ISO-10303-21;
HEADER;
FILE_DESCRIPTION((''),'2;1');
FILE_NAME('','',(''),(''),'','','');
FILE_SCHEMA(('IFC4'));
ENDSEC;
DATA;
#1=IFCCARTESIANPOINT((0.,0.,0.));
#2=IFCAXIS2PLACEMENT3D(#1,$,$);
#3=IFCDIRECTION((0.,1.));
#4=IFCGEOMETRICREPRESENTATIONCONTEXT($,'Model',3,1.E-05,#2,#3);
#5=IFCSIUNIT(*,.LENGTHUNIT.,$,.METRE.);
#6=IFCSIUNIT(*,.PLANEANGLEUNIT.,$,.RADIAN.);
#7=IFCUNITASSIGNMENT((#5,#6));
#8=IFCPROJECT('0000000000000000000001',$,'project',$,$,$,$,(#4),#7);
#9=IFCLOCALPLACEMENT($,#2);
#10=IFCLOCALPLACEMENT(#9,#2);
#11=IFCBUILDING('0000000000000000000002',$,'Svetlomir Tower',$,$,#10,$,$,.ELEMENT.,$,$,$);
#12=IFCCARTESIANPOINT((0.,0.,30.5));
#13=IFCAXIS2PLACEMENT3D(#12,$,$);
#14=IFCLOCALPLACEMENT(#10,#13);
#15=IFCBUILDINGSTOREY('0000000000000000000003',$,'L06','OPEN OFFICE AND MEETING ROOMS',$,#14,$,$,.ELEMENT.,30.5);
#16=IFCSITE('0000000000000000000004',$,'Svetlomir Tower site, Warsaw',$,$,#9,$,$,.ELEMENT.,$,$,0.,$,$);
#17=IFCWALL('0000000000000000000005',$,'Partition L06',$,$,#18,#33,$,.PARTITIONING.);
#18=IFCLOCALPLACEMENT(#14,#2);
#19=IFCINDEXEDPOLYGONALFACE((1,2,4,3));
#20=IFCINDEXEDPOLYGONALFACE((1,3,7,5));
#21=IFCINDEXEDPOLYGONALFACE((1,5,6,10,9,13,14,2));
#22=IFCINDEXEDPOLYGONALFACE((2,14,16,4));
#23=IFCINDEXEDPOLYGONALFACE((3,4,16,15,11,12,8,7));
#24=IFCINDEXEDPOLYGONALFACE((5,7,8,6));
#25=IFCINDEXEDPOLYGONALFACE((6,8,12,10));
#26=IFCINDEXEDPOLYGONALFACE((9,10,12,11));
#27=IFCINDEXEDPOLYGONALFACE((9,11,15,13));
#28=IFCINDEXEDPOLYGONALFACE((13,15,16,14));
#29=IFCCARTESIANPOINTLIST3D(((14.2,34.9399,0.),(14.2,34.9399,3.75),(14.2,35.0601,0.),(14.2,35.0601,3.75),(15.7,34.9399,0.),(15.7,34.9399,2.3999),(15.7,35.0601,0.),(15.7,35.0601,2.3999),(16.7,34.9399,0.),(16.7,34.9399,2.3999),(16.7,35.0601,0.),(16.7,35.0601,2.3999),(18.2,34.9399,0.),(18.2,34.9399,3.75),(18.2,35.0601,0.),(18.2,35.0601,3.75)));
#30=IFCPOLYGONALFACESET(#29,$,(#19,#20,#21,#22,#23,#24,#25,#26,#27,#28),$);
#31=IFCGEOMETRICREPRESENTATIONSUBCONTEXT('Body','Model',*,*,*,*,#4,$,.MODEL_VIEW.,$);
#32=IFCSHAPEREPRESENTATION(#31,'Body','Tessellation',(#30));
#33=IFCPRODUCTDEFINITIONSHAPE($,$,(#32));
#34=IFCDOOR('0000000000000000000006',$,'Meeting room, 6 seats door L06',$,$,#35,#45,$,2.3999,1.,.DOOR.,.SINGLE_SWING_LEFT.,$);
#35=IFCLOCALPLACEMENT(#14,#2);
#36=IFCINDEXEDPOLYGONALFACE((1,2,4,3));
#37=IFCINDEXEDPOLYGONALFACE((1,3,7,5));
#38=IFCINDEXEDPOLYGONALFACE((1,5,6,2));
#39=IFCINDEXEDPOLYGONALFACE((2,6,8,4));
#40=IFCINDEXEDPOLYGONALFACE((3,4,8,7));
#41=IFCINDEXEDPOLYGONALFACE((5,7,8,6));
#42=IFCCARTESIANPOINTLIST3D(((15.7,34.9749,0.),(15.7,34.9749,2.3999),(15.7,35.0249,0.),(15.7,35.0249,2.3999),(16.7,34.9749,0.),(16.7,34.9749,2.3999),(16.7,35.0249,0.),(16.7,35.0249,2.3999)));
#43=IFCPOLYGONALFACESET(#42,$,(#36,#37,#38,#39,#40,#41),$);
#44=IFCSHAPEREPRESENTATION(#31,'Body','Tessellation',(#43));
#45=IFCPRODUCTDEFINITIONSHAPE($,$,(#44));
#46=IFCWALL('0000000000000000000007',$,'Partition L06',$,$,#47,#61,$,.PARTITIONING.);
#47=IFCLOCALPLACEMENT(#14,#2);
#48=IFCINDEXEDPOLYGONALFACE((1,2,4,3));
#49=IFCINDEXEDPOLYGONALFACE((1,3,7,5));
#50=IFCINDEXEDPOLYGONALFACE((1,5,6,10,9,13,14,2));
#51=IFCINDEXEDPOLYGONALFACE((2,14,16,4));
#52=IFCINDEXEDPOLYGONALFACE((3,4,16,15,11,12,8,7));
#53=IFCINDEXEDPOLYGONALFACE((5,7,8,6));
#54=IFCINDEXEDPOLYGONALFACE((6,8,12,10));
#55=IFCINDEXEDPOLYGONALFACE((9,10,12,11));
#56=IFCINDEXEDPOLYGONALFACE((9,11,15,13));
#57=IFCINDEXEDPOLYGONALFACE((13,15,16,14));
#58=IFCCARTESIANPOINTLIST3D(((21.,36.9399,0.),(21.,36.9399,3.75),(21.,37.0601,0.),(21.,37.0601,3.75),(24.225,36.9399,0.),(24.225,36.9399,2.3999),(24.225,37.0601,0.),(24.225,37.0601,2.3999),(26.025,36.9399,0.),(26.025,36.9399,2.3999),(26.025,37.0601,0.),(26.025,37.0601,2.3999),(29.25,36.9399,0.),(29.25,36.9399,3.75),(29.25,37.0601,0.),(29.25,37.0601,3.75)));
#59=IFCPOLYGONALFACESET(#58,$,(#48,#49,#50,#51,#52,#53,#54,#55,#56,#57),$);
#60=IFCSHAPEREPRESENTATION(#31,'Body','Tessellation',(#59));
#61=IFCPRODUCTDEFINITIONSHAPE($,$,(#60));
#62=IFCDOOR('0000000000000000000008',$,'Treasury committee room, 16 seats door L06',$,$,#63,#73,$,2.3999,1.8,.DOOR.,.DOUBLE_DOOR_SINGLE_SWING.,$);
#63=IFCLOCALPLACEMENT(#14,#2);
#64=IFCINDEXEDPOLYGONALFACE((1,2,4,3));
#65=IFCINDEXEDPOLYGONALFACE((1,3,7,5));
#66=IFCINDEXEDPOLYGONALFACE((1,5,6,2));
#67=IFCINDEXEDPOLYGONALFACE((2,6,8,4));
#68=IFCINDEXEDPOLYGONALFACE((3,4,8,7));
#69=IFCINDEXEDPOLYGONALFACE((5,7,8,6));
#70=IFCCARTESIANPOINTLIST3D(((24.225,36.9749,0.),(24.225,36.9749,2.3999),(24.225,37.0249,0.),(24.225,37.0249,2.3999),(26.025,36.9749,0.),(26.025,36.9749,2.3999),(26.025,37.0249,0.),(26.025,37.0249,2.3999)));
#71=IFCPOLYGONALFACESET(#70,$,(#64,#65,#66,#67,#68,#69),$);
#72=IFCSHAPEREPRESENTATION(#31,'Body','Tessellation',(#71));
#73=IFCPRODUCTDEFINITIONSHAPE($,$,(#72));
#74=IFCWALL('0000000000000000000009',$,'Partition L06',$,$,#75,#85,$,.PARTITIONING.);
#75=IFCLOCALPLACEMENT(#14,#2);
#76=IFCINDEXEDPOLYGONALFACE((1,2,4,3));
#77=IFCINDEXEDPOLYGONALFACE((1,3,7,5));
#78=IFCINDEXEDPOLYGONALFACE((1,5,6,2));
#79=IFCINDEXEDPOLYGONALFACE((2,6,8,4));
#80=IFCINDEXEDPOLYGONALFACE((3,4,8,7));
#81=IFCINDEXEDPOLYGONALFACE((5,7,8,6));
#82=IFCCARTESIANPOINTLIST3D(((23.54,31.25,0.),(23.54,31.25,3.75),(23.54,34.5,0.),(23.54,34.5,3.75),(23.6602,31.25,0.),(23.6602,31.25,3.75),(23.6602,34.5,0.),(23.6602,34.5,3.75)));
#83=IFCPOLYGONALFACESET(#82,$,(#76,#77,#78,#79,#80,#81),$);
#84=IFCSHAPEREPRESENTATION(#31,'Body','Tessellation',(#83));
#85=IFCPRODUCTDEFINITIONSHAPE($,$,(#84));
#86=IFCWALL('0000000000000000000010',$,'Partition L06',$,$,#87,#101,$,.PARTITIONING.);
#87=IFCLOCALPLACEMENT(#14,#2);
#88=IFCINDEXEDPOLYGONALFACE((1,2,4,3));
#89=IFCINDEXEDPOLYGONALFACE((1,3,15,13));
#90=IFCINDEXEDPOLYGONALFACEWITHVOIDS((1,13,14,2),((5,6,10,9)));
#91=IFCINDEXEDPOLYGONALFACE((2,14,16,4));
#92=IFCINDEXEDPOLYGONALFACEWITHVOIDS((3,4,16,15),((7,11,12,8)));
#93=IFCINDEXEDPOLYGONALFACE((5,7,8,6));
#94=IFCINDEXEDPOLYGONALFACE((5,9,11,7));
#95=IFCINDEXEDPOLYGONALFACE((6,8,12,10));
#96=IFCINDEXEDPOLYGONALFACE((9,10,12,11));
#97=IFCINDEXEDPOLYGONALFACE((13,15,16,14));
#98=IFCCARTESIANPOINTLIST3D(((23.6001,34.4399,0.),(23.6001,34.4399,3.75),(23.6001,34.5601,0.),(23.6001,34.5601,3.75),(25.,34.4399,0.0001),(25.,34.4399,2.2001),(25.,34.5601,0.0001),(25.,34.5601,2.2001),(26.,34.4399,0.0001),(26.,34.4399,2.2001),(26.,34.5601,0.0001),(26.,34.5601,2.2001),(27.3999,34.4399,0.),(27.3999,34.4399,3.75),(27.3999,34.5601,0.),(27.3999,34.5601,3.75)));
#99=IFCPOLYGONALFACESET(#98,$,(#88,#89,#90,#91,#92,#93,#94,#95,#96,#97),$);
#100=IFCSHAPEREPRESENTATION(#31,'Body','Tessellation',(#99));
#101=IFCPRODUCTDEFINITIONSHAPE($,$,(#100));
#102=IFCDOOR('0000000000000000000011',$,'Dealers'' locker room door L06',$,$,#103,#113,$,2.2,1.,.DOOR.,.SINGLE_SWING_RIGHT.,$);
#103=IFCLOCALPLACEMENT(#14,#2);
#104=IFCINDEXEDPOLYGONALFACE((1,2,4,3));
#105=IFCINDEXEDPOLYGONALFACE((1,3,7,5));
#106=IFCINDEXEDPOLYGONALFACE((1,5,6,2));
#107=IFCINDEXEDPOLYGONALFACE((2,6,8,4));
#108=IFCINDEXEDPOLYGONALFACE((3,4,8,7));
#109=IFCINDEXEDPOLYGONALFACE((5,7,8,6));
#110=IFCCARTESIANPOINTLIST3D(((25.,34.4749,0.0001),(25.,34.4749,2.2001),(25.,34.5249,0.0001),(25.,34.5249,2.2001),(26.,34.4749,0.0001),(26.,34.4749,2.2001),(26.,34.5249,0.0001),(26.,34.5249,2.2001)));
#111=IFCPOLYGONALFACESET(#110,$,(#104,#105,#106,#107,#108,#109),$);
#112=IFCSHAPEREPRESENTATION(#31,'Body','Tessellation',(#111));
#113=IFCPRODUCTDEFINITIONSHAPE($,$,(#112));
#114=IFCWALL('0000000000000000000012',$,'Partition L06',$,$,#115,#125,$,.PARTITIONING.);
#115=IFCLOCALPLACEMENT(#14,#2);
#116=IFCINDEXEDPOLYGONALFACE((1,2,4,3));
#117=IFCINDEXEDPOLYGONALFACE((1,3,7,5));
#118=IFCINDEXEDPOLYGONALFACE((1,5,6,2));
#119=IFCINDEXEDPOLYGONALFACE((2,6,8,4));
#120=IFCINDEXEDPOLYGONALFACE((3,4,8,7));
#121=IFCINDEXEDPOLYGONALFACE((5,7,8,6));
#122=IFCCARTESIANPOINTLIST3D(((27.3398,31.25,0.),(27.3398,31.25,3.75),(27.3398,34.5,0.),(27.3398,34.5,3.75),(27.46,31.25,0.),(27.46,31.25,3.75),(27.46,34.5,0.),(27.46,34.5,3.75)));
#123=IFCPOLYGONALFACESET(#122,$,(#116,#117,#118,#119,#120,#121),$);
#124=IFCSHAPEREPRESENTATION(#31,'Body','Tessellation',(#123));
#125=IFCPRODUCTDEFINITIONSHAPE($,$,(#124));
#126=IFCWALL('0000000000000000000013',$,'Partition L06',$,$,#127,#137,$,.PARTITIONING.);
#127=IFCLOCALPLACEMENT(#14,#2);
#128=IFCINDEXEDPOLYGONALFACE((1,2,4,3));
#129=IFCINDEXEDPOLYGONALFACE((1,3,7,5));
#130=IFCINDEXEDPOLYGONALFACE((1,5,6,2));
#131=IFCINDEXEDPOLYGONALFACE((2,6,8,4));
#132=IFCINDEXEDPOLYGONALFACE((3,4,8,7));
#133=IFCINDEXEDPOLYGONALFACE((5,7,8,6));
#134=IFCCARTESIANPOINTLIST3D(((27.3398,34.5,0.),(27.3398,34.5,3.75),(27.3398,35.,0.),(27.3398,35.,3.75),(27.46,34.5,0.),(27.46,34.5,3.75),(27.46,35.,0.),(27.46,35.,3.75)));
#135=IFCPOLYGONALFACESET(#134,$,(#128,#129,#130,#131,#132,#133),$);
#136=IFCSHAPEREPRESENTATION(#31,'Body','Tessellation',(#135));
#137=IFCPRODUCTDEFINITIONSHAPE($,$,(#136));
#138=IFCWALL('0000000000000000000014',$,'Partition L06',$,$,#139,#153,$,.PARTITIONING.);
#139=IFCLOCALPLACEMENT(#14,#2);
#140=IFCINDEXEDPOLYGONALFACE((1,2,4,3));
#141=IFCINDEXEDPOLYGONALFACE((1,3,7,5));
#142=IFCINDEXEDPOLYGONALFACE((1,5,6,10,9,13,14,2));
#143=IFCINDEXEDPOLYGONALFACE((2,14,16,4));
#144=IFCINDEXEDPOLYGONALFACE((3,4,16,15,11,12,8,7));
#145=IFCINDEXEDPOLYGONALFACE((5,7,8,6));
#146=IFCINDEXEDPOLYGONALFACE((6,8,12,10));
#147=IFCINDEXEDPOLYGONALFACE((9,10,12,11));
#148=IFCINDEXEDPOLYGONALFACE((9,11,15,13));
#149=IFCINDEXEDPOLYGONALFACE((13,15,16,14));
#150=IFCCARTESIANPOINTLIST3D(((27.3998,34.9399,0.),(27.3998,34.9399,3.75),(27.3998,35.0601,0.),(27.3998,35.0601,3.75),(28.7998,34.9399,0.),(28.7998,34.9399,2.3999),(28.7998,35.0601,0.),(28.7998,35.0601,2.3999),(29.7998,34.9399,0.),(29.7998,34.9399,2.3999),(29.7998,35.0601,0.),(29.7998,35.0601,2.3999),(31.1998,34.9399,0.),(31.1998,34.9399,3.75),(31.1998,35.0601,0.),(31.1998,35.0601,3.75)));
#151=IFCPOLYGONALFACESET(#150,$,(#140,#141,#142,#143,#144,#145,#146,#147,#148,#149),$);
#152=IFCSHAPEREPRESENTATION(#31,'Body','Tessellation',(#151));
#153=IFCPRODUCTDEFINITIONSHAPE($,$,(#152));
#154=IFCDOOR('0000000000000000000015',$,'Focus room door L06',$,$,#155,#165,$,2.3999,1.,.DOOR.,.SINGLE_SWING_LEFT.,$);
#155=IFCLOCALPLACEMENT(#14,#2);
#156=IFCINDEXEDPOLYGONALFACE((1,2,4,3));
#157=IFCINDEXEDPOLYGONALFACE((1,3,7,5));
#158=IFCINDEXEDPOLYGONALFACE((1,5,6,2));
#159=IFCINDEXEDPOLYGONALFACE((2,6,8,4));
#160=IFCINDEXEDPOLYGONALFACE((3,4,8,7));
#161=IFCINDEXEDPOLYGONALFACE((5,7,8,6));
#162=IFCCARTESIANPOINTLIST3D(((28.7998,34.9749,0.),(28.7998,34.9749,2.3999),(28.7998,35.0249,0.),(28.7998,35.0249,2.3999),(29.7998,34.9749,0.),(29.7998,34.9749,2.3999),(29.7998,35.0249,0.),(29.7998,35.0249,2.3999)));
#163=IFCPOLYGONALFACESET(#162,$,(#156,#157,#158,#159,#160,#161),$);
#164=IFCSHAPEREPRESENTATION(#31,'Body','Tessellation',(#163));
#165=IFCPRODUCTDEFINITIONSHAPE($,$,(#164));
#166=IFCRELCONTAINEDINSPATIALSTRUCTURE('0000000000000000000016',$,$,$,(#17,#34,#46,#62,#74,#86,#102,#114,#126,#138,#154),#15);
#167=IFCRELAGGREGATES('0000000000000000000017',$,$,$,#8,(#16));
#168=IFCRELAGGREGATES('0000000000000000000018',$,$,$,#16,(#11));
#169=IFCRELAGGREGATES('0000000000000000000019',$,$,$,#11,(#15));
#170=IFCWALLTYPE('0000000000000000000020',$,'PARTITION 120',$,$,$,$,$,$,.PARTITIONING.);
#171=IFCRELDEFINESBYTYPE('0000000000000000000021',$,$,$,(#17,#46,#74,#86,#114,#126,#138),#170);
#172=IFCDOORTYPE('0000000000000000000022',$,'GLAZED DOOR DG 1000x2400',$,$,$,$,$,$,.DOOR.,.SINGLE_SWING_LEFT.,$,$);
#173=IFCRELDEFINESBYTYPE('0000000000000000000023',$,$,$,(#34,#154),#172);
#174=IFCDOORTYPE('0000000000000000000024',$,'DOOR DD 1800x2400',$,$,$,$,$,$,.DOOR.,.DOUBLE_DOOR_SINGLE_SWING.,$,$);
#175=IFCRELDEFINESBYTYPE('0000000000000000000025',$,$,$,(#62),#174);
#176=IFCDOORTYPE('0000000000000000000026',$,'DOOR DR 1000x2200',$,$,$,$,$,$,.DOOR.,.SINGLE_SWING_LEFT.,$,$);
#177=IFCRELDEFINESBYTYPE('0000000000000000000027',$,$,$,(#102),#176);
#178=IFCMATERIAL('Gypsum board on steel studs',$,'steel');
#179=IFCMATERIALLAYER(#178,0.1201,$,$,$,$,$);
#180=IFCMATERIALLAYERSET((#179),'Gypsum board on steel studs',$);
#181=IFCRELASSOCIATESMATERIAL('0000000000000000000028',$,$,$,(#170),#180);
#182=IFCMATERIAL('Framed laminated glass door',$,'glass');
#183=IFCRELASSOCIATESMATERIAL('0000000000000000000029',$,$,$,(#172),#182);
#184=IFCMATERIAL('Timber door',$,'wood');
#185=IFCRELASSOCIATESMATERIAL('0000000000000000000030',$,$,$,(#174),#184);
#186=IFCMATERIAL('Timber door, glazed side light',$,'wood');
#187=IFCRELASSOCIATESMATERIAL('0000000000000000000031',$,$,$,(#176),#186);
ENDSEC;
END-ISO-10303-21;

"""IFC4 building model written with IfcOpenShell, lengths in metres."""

from ifc_helpers import new_model, si_unit, direction, frame, frame_2d, origin, place, context, subcontext, project, spatial, rectangle, extrude, material, layer, layer_set, type_object, element, fill, save


model = new_model("IFC4")

# Units and contexts
model_context = context("Model", 3, precision=1e-05, world=origin(), true_north=direction((0.0, 1.0)))
body_context = subcontext(model_context, "Body", "Model", "MODEL_VIEW")
ifc_project = project(units=[si_unit("LENGTHUNIT", "METRE"), si_unit("PLANEANGLEUNIT", "RADIAN")], contexts=[model_context])

# Site, building, storey
site_placement = place(None, origin())
site = spatial("IfcSite", under=ifc_project, at=site_placement, Name="Svetlomir Tower site, Warsaw", CompositionType="ELEMENT", RefElevation=0.0)
building_placement = place(site_placement, origin())
building = spatial("IfcBuilding", under=site, at=building_placement, Name="Svetlomir Tower", CompositionType="ELEMENT")
storey_placement = place(building_placement, frame((0.0, 0.0, 30.5)))
storey = spatial("IfcBuildingStorey", under=building, at=storey_placement, Name="L06", Description="OPEN OFFICE AND MEETING ROOMS", CompositionType="ELEMENT", Elevation=30.5)

# Shared definitions
ifc_material_1 = material(Name="Gypsum board on steel studs", Category="steel")
ifc_layer_1 = layer(ifc_material_1, 0.1201)
ifc_layer_set_1 = layer_set([ifc_layer_1], Name="Gypsum board on steel studs")
wall_type_1 = type_object("IfcWallType", Name="PARTITION 120", PredefinedType="PARTITIONING", material=ifc_layer_set_1)

# Walls, openings, doors
wall_1_placement = place(storey_placement, frame((14.2, 35.0, 0.0), z_axis=(0.0, 0.0, 1.0), x_axis=(1.0, 0.0, 0.0)))
wall_1 = element("IfcWall", 1, at=wall_1_placement, inside=storey, type_object=wall_type_1, Name="Partition L06", PredefinedType="PARTITIONING", context=body_context, shape_type="SweptSolid", body=[
    extrude(rectangle(XDim=4.0, YDim=0.1201, at=frame_2d((2.0, 0.0))), origin(), (0.0, 0.0, 1.0), 3.75),
])
opening_1_placement = place(wall_1_placement, frame((1.5, 0.0, 0.0)))
opening_1 = element("IfcOpeningElement", 2, at=opening_1_placement, cuts=wall_1, PredefinedType="OPENING", context=body_context, shape_type="SweptSolid", body=[
    extrude(rectangle(XDim=1.0, YDim=2.3999, at=frame_2d((0.5, 1.2))), frame((0.0, 0.0701, 0.0), z_axis=(0.0, -1.0, 0.0), x_axis=(1.0, 0.0, 0.0)), (0.0, 0.0, 1.0), 0.1401),
])
ifc_material_2 = material(Name="Framed laminated glass door", Category="glass")
door_type_1 = type_object("IfcDoorType", Name="GLAZED DOOR DG 1000x2400", OperationType="SINGLE_SWING_LEFT", PredefinedType="DOOR", material=ifc_material_2)
door_1_placement = place(opening_1_placement, origin())
door_1 = element("IfcDoor", 3, at=door_1_placement, inside=storey, type_object=door_type_1, Name="Meeting room, 6 seats door L06", OperationType="SINGLE_SWING_LEFT", OverallHeight=2.3999, OverallWidth=1.0, PredefinedType="DOOR", context=body_context, shape_type="SweptSolid", body=[
    extrude(rectangle(XDim=1.0, YDim=2.3999, at=frame_2d((0.5, 1.2))), frame((0.0, 0.0249, 0.0), z_axis=(0.0, -1.0, 0.0), x_axis=(1.0, 0.0, 0.0)), (0.0, 0.0, 1.0), 0.05),
])
fill(opening_1, door_1)
wall_2_placement = place(storey_placement, frame((21.0, 37.0, 0.0), z_axis=(0.0, 0.0, 1.0), x_axis=(1.0, 0.0, 0.0)))
wall_2 = element("IfcWall", 4, at=wall_2_placement, inside=storey, type_object=wall_type_1, Name="Partition L06", PredefinedType="PARTITIONING", context=body_context, shape_type="SweptSolid", body=[
    extrude(rectangle(XDim=8.25, YDim=0.1201, at=frame_2d((4.125, 0.0))), origin(), (0.0, 0.0, 1.0), 3.75),
])
opening_2_placement = place(wall_2_placement, frame((3.2251, 0.0, 0.0)))
opening_2 = element("IfcOpeningElement", 5, at=opening_2_placement, cuts=wall_2, PredefinedType="OPENING", context=body_context, shape_type="SweptSolid", body=[
    extrude(rectangle(XDim=1.8, YDim=2.3999, at=frame_2d((0.8999, 1.2))), frame((0.0, 0.0701, 0.0), z_axis=(0.0, -1.0, 0.0), x_axis=(1.0, 0.0, 0.0)), (0.0, 0.0, 1.0), 0.1401),
])
ifc_material_3 = material(Name="Timber door", Category="wood")
door_type_2 = type_object("IfcDoorType", Name="DOOR DD 1800x2400", OperationType="DOUBLE_DOOR_SINGLE_SWING", PredefinedType="DOOR", material=ifc_material_3)
door_2_placement = place(opening_2_placement, origin())
door_2 = element("IfcDoor", 6, at=door_2_placement, inside=storey, type_object=door_type_2, Name="Treasury committee room, 16 seats door L06", OperationType="DOUBLE_DOOR_SINGLE_SWING", OverallHeight=2.3999, OverallWidth=1.8, PredefinedType="DOOR", context=body_context, shape_type="SweptSolid", body=[
    extrude(rectangle(XDim=1.8, YDim=2.3999, at=frame_2d((0.8999, 1.2))), frame((0.0, 0.0249, 0.0), z_axis=(0.0, -1.0, 0.0), x_axis=(1.0, 0.0, 0.0)), (0.0, 0.0, 1.0), 0.05),
])
fill(opening_2, door_2)

# Wall
wall_3_placement = place(storey_placement, frame((23.6001, 31.25, 0.0), z_axis=(0.0, 0.0, 1.0), x_axis=(0.0, 1.0, 0.0)))
element("IfcWall", 7, at=wall_3_placement, inside=storey, type_object=wall_type_1, Name="Partition L06", PredefinedType="PARTITIONING", context=body_context, shape_type="SweptSolid", body=[
    extrude(rectangle(XDim=3.25, YDim=0.1201, at=frame_2d((1.625, 0.0))), origin(), (0.0, 0.0, 1.0), 3.75),
])

# Wall, opening, door
wall_4_placement = place(storey_placement, frame((23.6001, 34.5, 0.0), z_axis=(0.0, 0.0, 1.0), x_axis=(1.0, 0.0, 0.0)))
wall_4 = element("IfcWall", 8, at=wall_4_placement, inside=storey, type_object=wall_type_1, Name="Partition L06", PredefinedType="PARTITIONING", context=body_context, shape_type="SweptSolid", body=[
    extrude(rectangle(XDim=3.7998, YDim=0.1201, at=frame_2d((1.8999, 0.0))), origin(), (0.0, 0.0, 1.0), 3.75),
])
opening_3_placement = place(wall_4_placement, frame((1.3999, 0.0, 0.0)))
opening_3 = element("IfcOpeningElement", 9, at=opening_3_placement, cuts=wall_4, PredefinedType="OPENING", context=body_context, shape_type="SweptSolid", body=[
    extrude(rectangle(XDim=1.0, YDim=2.2, at=frame_2d((0.5, 1.1001))), frame((0.0, 0.0701, 0.0), z_axis=(0.0, -1.0, 0.0), x_axis=(1.0, 0.0, 0.0)), (0.0, 0.0, 1.0), 0.1401),
])
ifc_material_4 = material(Name="Timber door, glazed side light", Category="wood")
door_type_3 = type_object("IfcDoorType", Name="DOOR DR 1000x2200", OperationType="SINGLE_SWING_LEFT", PredefinedType="DOOR", material=ifc_material_4)
door_3_placement = place(opening_3_placement, origin())
door_3 = element("IfcDoor", 10, at=door_3_placement, inside=storey, type_object=door_type_3, Name="Dealers' locker room door L06", OperationType="SINGLE_SWING_RIGHT", OverallHeight=2.2, OverallWidth=1.0, PredefinedType="DOOR", context=body_context, shape_type="SweptSolid", body=[
    extrude(rectangle(XDim=1.0, YDim=2.2, at=frame_2d((0.5, 1.1001))), frame((0.0, 0.0249, 0.0), z_axis=(0.0, -1.0, 0.0), x_axis=(1.0, 0.0, 0.0)), (0.0, 0.0, 1.0), 0.05),
])
fill(opening_3, door_3)

# Walls
wall_5_placement = place(storey_placement, frame((27.3999, 31.25, 0.0), z_axis=(0.0, 0.0, 1.0), x_axis=(0.0, 1.0, 0.0)))
element("IfcWall", 11, at=wall_5_placement, inside=storey, type_object=wall_type_1, Name="Partition L06", PredefinedType="PARTITIONING", context=body_context, shape_type="SweptSolid", body=[
    extrude(rectangle(XDim=3.25, YDim=0.1201, at=frame_2d((1.625, 0.0))), origin(), (0.0, 0.0, 1.0), 3.75),
])
wall_6_placement = place(storey_placement, frame((27.3999, 34.5, 0.0), z_axis=(0.0, 0.0, 1.0), x_axis=(0.0, 1.0, 0.0)))
element("IfcWall", 12, at=wall_6_placement, inside=storey, type_object=wall_type_1, Name="Partition L06", PredefinedType="PARTITIONING", context=body_context, shape_type="SweptSolid", body=[
    extrude(rectangle(XDim=0.5, YDim=0.1201, at=frame_2d((0.25, 0.0))), origin(), (0.0, 0.0, 1.0), 3.75),
])

# Wall, opening, door
wall_7_placement = place(storey_placement, frame((27.3999, 35.0, 0.0), z_axis=(0.0, 0.0, 1.0), x_axis=(1.0, 0.0, 0.0)))
wall_7 = element("IfcWall", 13, at=wall_7_placement, inside=storey, type_object=wall_type_1, Name="Partition L06", PredefinedType="PARTITIONING", context=body_context, shape_type="SweptSolid", body=[
    extrude(rectangle(XDim=3.8, YDim=0.1201, at=frame_2d((1.8999, 0.0))), origin(), (0.0, 0.0, 1.0), 3.75),
])
opening_4_placement = place(wall_7_placement, frame((1.3999, 0.0, 0.0)))
opening_4 = element("IfcOpeningElement", 14, at=opening_4_placement, cuts=wall_7, PredefinedType="OPENING", context=body_context, shape_type="SweptSolid", body=[
    extrude(rectangle(XDim=1.0, YDim=2.3999, at=frame_2d((0.5, 1.2))), frame((0.0, 0.0701, 0.0), z_axis=(0.0, -1.0, 0.0), x_axis=(1.0, 0.0, 0.0)), (0.0, 0.0, 1.0), 0.1401),
])
door_4_placement = place(opening_4_placement, origin())
door_4 = element("IfcDoor", 15, at=door_4_placement, inside=storey, type_object=door_type_1, Name="Focus room door L06", OperationType="SINGLE_SWING_LEFT", OverallHeight=2.3999, OverallWidth=1.0, PredefinedType="DOOR", context=body_context, shape_type="SweptSolid", body=[
    extrude(rectangle(XDim=1.0, YDim=2.3999, at=frame_2d((0.5, 1.2))), frame((0.0, 0.0249, 0.0), z_axis=(0.0, -1.0, 0.0), x_axis=(1.0, 0.0, 0.0)), (0.0, 0.0, 1.0), 0.05),
])
fill(opening_4, door_4)

save(model, "model.ifc")
